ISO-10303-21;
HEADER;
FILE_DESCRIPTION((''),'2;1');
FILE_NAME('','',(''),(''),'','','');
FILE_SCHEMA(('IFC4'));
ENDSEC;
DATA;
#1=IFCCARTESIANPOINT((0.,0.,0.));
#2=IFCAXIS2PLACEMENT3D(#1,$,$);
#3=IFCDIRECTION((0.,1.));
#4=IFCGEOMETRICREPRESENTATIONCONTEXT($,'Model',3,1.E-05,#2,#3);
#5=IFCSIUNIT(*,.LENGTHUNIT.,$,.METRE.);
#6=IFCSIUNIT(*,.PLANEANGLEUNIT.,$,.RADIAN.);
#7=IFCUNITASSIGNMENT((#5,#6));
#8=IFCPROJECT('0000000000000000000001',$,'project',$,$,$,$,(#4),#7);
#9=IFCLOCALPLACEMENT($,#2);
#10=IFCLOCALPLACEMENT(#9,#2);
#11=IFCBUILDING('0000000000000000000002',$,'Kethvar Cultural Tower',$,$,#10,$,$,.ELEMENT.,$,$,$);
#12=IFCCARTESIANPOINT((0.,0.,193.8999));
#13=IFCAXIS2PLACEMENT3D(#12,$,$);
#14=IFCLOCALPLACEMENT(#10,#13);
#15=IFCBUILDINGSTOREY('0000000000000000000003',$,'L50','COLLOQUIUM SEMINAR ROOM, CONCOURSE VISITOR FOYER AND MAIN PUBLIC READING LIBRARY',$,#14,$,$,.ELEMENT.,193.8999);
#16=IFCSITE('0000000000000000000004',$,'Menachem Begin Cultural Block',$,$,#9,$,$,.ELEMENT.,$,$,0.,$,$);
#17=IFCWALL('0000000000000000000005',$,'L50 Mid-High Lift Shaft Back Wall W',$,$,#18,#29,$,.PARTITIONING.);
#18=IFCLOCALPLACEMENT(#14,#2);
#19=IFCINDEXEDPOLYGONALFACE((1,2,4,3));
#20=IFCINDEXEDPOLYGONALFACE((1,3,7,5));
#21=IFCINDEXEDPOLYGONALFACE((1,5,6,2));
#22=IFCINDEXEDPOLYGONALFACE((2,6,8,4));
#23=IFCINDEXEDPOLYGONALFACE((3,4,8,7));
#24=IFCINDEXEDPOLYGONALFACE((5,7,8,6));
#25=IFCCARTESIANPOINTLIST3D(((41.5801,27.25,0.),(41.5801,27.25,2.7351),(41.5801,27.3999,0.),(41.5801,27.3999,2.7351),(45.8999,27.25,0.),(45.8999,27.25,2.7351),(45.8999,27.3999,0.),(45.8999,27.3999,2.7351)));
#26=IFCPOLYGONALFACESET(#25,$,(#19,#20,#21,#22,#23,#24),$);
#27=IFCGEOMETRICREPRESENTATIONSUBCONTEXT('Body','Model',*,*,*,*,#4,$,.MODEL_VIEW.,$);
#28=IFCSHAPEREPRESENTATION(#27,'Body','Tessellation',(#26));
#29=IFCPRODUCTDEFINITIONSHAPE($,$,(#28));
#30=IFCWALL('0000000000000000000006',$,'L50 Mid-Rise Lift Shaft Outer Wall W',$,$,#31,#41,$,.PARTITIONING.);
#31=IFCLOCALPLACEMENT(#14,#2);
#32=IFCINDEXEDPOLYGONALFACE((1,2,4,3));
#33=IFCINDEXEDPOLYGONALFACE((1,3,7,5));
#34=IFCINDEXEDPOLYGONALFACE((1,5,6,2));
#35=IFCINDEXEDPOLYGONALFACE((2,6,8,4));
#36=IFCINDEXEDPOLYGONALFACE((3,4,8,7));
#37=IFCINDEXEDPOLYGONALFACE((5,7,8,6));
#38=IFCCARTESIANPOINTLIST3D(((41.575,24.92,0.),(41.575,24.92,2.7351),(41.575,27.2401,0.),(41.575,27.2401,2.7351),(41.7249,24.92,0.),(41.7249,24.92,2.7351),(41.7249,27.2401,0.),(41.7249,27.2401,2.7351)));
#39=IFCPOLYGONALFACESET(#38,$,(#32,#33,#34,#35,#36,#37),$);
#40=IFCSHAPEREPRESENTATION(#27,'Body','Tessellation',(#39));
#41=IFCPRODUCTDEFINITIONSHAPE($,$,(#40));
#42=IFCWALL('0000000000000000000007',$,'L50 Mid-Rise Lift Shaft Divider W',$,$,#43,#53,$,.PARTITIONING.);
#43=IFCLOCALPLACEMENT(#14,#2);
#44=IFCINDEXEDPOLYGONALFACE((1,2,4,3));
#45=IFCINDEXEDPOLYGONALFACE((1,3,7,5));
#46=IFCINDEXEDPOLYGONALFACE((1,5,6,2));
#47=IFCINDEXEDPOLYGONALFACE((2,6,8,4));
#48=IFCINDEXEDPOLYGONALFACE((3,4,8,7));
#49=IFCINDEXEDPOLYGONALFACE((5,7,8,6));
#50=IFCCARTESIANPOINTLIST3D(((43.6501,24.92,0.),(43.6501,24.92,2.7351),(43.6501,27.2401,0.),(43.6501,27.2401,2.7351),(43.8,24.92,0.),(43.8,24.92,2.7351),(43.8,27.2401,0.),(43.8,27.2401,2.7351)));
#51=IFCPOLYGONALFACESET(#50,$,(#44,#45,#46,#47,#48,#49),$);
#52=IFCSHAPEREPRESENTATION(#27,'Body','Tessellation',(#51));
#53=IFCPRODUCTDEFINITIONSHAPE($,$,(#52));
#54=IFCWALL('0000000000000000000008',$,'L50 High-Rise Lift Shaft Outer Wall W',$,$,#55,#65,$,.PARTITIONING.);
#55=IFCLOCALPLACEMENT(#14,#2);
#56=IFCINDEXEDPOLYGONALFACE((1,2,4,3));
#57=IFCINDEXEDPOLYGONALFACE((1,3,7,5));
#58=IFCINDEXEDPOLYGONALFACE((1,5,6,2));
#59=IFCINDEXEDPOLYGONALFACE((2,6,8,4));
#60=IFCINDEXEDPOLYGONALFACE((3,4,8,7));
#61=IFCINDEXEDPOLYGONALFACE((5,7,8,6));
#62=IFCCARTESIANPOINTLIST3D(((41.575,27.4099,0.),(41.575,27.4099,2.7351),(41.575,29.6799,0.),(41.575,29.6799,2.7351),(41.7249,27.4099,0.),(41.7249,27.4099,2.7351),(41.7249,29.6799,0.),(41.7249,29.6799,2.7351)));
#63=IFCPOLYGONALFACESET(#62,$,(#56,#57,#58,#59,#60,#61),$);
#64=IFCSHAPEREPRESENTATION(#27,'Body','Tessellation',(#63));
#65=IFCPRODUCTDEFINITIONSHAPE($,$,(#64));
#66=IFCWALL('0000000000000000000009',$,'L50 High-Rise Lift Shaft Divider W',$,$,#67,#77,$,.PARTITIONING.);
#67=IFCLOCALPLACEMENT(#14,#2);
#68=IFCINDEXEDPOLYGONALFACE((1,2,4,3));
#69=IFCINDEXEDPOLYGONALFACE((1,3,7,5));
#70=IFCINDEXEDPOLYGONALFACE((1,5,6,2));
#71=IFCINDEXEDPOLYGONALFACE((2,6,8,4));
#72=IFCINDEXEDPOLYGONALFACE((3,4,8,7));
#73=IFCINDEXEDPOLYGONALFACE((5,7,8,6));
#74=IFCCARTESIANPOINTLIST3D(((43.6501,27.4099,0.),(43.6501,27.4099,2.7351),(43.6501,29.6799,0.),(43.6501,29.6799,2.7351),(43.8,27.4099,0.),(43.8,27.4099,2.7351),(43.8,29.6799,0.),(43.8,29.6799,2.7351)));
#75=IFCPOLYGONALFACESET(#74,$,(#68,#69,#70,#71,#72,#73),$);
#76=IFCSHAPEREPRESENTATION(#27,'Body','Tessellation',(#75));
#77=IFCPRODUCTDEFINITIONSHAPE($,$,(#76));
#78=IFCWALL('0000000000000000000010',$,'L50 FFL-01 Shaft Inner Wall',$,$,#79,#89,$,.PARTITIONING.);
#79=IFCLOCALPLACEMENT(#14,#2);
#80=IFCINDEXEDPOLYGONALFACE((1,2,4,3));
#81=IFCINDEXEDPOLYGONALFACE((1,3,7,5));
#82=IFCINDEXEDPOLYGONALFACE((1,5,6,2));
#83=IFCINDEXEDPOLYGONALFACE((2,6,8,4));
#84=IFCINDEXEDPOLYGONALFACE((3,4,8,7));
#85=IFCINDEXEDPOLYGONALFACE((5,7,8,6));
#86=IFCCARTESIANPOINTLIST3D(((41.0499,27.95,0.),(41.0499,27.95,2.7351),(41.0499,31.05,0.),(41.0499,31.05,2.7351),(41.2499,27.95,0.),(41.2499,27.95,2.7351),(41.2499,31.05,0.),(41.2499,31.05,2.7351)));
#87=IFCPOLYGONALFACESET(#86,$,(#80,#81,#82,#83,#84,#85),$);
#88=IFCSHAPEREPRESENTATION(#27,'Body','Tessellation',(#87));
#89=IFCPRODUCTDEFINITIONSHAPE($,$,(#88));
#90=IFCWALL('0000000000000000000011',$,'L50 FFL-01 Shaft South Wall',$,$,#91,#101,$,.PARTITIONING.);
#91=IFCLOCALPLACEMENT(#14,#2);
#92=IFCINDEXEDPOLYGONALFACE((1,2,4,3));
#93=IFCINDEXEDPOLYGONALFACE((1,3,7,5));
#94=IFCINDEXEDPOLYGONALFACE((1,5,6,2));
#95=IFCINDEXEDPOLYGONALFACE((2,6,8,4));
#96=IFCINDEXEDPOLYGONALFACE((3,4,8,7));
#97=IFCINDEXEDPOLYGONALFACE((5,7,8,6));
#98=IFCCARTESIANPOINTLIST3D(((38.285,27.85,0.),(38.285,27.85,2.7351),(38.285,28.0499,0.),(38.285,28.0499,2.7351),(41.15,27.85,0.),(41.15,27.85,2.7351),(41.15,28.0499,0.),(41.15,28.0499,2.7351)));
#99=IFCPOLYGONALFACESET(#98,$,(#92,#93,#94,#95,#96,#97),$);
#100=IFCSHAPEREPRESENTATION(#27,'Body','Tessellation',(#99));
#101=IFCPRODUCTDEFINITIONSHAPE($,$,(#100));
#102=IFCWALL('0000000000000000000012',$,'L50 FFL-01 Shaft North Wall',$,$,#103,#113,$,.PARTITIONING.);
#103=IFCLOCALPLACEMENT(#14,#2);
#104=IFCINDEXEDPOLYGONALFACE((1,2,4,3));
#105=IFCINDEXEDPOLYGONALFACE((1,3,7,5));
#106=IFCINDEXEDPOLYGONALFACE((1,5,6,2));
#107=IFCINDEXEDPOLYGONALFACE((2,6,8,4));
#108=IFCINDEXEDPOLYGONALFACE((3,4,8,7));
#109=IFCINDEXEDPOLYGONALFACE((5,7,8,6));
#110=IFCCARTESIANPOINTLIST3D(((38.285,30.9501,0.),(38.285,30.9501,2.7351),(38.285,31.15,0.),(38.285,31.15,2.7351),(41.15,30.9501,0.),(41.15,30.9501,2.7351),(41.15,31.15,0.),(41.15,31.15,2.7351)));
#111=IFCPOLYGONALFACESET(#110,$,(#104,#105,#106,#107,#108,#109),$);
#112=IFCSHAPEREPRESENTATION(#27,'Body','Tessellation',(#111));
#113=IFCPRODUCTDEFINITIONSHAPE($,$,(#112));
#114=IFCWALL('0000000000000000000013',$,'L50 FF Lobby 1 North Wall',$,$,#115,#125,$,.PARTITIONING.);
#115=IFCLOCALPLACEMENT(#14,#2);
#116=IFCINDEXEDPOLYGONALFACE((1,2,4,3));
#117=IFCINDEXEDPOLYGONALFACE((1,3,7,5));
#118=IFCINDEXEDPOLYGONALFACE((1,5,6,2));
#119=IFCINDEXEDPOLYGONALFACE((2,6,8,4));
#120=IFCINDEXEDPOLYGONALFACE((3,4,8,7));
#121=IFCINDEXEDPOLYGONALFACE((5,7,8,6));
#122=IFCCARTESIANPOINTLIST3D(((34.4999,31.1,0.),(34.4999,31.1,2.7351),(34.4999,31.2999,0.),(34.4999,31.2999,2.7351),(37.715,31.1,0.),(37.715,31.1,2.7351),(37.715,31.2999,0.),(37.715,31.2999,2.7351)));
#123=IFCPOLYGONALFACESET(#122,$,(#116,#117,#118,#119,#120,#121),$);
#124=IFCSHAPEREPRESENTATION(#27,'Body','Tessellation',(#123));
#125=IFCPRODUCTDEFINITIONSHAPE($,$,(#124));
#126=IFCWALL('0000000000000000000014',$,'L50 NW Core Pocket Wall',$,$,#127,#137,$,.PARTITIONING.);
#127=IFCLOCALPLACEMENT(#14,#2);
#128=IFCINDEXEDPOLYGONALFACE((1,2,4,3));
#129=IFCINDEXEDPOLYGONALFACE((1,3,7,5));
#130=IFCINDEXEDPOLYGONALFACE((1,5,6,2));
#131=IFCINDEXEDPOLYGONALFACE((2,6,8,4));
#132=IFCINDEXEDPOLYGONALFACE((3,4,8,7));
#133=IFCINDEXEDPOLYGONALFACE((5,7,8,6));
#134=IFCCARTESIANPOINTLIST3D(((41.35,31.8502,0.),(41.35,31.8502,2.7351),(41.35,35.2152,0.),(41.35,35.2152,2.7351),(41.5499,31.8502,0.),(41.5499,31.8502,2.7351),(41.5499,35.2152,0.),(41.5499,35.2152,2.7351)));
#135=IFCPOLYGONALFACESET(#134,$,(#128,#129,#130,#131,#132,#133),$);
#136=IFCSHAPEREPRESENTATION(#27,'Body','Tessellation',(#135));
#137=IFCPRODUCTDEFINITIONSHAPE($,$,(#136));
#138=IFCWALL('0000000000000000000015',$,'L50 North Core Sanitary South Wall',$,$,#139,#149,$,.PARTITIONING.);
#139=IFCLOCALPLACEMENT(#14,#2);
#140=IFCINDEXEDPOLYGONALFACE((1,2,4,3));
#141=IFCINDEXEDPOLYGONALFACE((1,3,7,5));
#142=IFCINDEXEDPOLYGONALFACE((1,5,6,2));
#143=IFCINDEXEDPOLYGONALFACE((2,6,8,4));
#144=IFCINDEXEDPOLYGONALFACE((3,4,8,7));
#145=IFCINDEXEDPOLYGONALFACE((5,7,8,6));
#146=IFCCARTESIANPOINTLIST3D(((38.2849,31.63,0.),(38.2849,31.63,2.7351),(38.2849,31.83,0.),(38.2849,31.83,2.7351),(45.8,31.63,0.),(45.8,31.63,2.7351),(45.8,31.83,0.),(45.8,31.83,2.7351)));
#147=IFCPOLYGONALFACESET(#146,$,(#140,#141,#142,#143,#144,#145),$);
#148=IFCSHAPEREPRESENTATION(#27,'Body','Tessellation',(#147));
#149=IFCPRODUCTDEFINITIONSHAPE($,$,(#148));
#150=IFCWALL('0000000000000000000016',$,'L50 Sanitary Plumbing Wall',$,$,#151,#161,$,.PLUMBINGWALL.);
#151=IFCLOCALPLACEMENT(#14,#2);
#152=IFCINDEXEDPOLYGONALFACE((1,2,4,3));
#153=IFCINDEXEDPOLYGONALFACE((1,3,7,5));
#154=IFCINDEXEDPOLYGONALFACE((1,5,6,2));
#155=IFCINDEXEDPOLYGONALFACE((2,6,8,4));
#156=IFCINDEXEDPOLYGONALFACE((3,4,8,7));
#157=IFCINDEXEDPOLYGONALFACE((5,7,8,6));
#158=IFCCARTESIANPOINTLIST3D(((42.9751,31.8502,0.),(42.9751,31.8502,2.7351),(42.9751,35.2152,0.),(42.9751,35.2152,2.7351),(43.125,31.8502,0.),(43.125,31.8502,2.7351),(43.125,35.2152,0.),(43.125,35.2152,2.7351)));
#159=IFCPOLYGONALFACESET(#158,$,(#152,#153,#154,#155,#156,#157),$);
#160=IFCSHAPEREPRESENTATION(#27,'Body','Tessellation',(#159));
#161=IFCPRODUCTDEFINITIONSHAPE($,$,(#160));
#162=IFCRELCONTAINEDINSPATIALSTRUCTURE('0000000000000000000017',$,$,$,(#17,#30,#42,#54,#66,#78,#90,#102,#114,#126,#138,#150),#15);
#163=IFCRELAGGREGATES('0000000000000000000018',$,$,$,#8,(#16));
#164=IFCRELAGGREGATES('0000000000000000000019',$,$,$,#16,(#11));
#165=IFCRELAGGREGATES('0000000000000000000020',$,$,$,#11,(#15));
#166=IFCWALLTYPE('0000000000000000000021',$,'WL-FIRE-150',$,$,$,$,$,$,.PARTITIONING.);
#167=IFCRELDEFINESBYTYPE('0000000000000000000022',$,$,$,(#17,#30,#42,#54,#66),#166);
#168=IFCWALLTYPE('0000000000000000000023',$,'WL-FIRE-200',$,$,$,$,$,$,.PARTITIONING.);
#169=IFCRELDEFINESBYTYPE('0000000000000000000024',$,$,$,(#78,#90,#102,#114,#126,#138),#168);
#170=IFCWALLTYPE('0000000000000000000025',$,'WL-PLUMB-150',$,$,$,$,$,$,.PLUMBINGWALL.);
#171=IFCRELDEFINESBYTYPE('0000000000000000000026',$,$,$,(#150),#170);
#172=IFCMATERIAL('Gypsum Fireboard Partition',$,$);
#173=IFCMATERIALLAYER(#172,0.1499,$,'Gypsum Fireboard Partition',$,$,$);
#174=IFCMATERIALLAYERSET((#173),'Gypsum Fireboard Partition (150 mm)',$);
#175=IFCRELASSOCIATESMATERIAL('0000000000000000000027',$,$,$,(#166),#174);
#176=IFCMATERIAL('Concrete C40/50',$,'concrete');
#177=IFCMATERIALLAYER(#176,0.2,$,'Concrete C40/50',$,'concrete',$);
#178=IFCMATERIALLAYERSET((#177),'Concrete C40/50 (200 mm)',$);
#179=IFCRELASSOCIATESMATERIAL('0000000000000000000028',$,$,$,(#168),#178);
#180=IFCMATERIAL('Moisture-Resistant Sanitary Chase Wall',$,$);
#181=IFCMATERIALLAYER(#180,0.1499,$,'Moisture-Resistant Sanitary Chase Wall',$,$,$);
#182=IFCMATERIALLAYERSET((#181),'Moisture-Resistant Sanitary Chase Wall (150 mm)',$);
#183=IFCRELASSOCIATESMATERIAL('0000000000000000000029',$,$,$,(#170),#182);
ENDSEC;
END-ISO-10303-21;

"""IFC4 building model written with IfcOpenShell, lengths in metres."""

from ifc_helpers import new_model, si_unit, direction, frame, frame_2d, origin, place, context, subcontext, project, spatial, rectangle, extrude, material, layer, layer_set, type_object, element, save


model = new_model("IFC4")

# Units and contexts
model_context = context("Model", 3, precision=1e-05, world=origin(), true_north=direction((0.0, 1.0)))
body_context = subcontext(model_context, "Body", "Model", "MODEL_VIEW")
ifc_project = project(units=[si_unit("LENGTHUNIT", "METRE"), si_unit("PLANEANGLEUNIT", "RADIAN")], contexts=[model_context])

# Site, building, storey
site_placement = place(None, origin())
site = spatial("IfcSite", under=ifc_project, at=site_placement, Name="Menachem Begin Cultural Block", CompositionType="ELEMENT", RefElevation=0.0)
building_placement = place(site_placement, origin())
building = spatial("IfcBuilding", under=site, at=building_placement, Name="Kethvar Cultural Tower", CompositionType="ELEMENT")
storey_placement = place(building_placement, frame((0.0, 0.0, 193.8999)))
storey = spatial("IfcBuildingStorey", under=building, at=storey_placement, Name="L50", Description="COLLOQUIUM SEMINAR ROOM, CONCOURSE VISITOR FOYER AND MAIN PUBLIC READING LIBRARY", CompositionType="ELEMENT", Elevation=193.8999)

# Walls
ifc_material_1 = material(Name="Gypsum Fireboard Partition")
ifc_layer_1 = layer(ifc_material_1, 0.1499, Name="Gypsum Fireboard Partition")
ifc_layer_set_1 = layer_set([ifc_layer_1], Name="Gypsum Fireboard Partition (150 mm)")
wall_type_1 = type_object("IfcWallType", Name="WL-FIRE-150", PredefinedType="PARTITIONING", material=ifc_layer_set_1)
wall_1_placement = place(storey_placement, frame((41.5801, 27.325, 0.0), z_axis=(0.0, 0.0, 1.0), x_axis=(1.0, 0.0, 0.0)))
element("IfcWall", 1, at=wall_1_placement, inside=storey, type_object=wall_type_1, Name="L50 Mid-High Lift Shaft Back Wall W", PredefinedType="PARTITIONING", context=body_context, shape_type="SweptSolid", body=[
    extrude(rectangle(XDim=4.3198, YDim=0.1499, at=frame_2d((2.1599, 0.0))), origin(), (0.0, 0.0, 1.0), 2.7351),
])
for number, where, z_axis, x_axis, name in (
    (2, (41.6499, 24.9199, 0.0), (0.0, 0.0, 1.0), (0.0, 1.0, 0.0), "L50 Mid-Rise Lift Shaft Outer Wall W"),
    (3, (43.7251, 24.9199, 0.0), (0.0, 0.0, 1.0), (0.0, 1.0, 0.0), "L50 Mid-Rise Lift Shaft Divider W"),
):
    element("IfcWall", number, at=place(storey_placement, frame(where, z_axis=z_axis, x_axis=x_axis)), inside=storey, type_object=wall_type_1, Name=name, PredefinedType="PARTITIONING", context=body_context, shape_type="SweptSolid", body=[
        extrude(rectangle(XDim=2.3201, YDim=0.1499, at=frame_2d((1.1602, 0.0))), origin(), (0.0, 0.0, 1.0), 2.7351),
    ])
for number, where, z_axis, x_axis, name in (
    (4, (41.6499, 27.4099, 0.0), (0.0, 0.0, 1.0), (0.0, 1.0, 0.0), "L50 High-Rise Lift Shaft Outer Wall W"),
    (5, (43.7251, 27.4099, 0.0), (0.0, 0.0, 1.0), (0.0, 1.0, 0.0), "L50 High-Rise Lift Shaft Divider W"),
):
    element("IfcWall", number, at=place(storey_placement, frame(where, z_axis=z_axis, x_axis=x_axis)), inside=storey, type_object=wall_type_1, Name=name, PredefinedType="PARTITIONING", context=body_context, shape_type="SweptSolid", body=[
        extrude(rectangle(XDim=2.27, YDim=0.1499, at=frame_2d((1.135, 0.0))), origin(), (0.0, 0.0, 1.0), 2.7351),
    ])
ifc_material_2 = material(Name="Concrete C40/50", Category="concrete")
ifc_layer_2 = layer(ifc_material_2, 0.2, Name="Concrete C40/50", Category="concrete")
ifc_layer_set_2 = layer_set([ifc_layer_2], Name="Concrete C40/50 (200 mm)")
wall_type_2 = type_object("IfcWallType", Name="WL-FIRE-200", PredefinedType="PARTITIONING", material=ifc_layer_set_2)
wall_2_placement = place(storey_placement, frame((41.1499, 27.95, 0.0), z_axis=(0.0, 0.0, 1.0), x_axis=(0.0, 1.0, 0.0)))
element("IfcWall", 6, at=wall_2_placement, inside=storey, type_object=wall_type_2, Name="L50 FFL-01 Shaft Inner Wall", PredefinedType="PARTITIONING", context=body_context, shape_type="SweptSolid", body=[
    extrude(rectangle(XDim=3.1001, YDim=0.2, at=frame_2d((1.55, 0.0))), origin(), (0.0, 0.0, 1.0), 2.7351),
])
for number, where, z_axis, x_axis, name in (
    (7, (38.2849, 27.95, 0.0), (0.0, 0.0, 1.0), (1.0, 0.0, 0.0), "L50 FFL-01 Shaft South Wall"),
    (8, (38.2849, 31.05, 0.0), (0.0, 0.0, 1.0), (1.0, 0.0, 0.0), "L50 FFL-01 Shaft North Wall"),
):
    element("IfcWall", number, at=place(storey_placement, frame(where, z_axis=z_axis, x_axis=x_axis)), inside=storey, type_object=wall_type_2, Name=name, PredefinedType="PARTITIONING", context=body_context, shape_type="SweptSolid", body=[
        extrude(rectangle(XDim=2.865, YDim=0.2, at=frame_2d((1.4326, 0.0))), origin(), (0.0, 0.0, 1.0), 2.7351),
    ])
wall_3_placement = place(storey_placement, frame((34.5, 31.2, 0.0), z_axis=(0.0, 0.0, 1.0), x_axis=(1.0, 0.0, 0.0)))
element("IfcWall", 9, at=wall_3_placement, inside=storey, type_object=wall_type_2, Name="L50 FF Lobby 1 North Wall", PredefinedType="PARTITIONING", context=body_context, shape_type="SweptSolid", body=[
    extrude(rectangle(XDim=3.2151, YDim=0.2, at=frame_2d((1.6074, 0.0))), origin(), (0.0, 0.0, 1.0), 2.7351),
])
wall_4_placement = place(storey_placement, frame((41.45, 31.8501, 0.0), z_axis=(0.0, 0.0, 1.0), x_axis=(0.0, 1.0, 0.0)))
element("IfcWall", 10, at=wall_4_placement, inside=storey, type_object=wall_type_2, Name="L50 NW Core Pocket Wall", PredefinedType="PARTITIONING", context=body_context, shape_type="SweptSolid", body=[
    extrude(rectangle(XDim=3.365, YDim=0.2, at=frame_2d((1.6826, 0.0))), origin(), (0.0, 0.0, 1.0), 2.7351),
])
wall_5_placement = place(storey_placement, frame((38.2849, 31.73, 0.0), z_axis=(0.0, 0.0, 1.0), x_axis=(1.0, 0.0, 0.0)))
element("IfcWall", 11, at=wall_5_placement, inside=storey, type_object=wall_type_2, Name="L50 North Core Sanitary South Wall", PredefinedType="PARTITIONING", context=body_context, shape_type="SweptSolid", body=[
    extrude(rectangle(XDim=7.5151, YDim=0.2, at=frame_2d((3.7576, 0.0))), origin(), (0.0, 0.0, 1.0), 2.7351),
])
ifc_material_3 = material(Name="Moisture-Resistant Sanitary Chase Wall")
ifc_layer_3 = layer(ifc_material_3, 0.1499, Name="Moisture-Resistant Sanitary Chase Wall")
ifc_layer_set_3 = layer_set([ifc_layer_3], Name="Moisture-Resistant Sanitary Chase Wall (150 mm)")
wall_type_3 = type_object("IfcWallType", Name="WL-PLUMB-150", PredefinedType="PLUMBINGWALL", material=ifc_layer_set_3)
wall_6_placement = place(storey_placement, frame((43.05, 31.8501, 0.0), z_axis=(0.0, 0.0, 1.0), x_axis=(0.0, 1.0, 0.0)))
element("IfcWall", 12, at=wall_6_placement, inside=storey, type_object=wall_type_3, Name="L50 Sanitary Plumbing Wall", PredefinedType="PLUMBINGWALL", context=body_context, shape_type="SweptSolid", body=[
    extrude(rectangle(XDim=3.365, YDim=0.1499, at=frame_2d((1.6826, 0.0))), origin(), (0.0, 0.0, 1.0), 2.7351),
])

save(model, "model.ifc")
